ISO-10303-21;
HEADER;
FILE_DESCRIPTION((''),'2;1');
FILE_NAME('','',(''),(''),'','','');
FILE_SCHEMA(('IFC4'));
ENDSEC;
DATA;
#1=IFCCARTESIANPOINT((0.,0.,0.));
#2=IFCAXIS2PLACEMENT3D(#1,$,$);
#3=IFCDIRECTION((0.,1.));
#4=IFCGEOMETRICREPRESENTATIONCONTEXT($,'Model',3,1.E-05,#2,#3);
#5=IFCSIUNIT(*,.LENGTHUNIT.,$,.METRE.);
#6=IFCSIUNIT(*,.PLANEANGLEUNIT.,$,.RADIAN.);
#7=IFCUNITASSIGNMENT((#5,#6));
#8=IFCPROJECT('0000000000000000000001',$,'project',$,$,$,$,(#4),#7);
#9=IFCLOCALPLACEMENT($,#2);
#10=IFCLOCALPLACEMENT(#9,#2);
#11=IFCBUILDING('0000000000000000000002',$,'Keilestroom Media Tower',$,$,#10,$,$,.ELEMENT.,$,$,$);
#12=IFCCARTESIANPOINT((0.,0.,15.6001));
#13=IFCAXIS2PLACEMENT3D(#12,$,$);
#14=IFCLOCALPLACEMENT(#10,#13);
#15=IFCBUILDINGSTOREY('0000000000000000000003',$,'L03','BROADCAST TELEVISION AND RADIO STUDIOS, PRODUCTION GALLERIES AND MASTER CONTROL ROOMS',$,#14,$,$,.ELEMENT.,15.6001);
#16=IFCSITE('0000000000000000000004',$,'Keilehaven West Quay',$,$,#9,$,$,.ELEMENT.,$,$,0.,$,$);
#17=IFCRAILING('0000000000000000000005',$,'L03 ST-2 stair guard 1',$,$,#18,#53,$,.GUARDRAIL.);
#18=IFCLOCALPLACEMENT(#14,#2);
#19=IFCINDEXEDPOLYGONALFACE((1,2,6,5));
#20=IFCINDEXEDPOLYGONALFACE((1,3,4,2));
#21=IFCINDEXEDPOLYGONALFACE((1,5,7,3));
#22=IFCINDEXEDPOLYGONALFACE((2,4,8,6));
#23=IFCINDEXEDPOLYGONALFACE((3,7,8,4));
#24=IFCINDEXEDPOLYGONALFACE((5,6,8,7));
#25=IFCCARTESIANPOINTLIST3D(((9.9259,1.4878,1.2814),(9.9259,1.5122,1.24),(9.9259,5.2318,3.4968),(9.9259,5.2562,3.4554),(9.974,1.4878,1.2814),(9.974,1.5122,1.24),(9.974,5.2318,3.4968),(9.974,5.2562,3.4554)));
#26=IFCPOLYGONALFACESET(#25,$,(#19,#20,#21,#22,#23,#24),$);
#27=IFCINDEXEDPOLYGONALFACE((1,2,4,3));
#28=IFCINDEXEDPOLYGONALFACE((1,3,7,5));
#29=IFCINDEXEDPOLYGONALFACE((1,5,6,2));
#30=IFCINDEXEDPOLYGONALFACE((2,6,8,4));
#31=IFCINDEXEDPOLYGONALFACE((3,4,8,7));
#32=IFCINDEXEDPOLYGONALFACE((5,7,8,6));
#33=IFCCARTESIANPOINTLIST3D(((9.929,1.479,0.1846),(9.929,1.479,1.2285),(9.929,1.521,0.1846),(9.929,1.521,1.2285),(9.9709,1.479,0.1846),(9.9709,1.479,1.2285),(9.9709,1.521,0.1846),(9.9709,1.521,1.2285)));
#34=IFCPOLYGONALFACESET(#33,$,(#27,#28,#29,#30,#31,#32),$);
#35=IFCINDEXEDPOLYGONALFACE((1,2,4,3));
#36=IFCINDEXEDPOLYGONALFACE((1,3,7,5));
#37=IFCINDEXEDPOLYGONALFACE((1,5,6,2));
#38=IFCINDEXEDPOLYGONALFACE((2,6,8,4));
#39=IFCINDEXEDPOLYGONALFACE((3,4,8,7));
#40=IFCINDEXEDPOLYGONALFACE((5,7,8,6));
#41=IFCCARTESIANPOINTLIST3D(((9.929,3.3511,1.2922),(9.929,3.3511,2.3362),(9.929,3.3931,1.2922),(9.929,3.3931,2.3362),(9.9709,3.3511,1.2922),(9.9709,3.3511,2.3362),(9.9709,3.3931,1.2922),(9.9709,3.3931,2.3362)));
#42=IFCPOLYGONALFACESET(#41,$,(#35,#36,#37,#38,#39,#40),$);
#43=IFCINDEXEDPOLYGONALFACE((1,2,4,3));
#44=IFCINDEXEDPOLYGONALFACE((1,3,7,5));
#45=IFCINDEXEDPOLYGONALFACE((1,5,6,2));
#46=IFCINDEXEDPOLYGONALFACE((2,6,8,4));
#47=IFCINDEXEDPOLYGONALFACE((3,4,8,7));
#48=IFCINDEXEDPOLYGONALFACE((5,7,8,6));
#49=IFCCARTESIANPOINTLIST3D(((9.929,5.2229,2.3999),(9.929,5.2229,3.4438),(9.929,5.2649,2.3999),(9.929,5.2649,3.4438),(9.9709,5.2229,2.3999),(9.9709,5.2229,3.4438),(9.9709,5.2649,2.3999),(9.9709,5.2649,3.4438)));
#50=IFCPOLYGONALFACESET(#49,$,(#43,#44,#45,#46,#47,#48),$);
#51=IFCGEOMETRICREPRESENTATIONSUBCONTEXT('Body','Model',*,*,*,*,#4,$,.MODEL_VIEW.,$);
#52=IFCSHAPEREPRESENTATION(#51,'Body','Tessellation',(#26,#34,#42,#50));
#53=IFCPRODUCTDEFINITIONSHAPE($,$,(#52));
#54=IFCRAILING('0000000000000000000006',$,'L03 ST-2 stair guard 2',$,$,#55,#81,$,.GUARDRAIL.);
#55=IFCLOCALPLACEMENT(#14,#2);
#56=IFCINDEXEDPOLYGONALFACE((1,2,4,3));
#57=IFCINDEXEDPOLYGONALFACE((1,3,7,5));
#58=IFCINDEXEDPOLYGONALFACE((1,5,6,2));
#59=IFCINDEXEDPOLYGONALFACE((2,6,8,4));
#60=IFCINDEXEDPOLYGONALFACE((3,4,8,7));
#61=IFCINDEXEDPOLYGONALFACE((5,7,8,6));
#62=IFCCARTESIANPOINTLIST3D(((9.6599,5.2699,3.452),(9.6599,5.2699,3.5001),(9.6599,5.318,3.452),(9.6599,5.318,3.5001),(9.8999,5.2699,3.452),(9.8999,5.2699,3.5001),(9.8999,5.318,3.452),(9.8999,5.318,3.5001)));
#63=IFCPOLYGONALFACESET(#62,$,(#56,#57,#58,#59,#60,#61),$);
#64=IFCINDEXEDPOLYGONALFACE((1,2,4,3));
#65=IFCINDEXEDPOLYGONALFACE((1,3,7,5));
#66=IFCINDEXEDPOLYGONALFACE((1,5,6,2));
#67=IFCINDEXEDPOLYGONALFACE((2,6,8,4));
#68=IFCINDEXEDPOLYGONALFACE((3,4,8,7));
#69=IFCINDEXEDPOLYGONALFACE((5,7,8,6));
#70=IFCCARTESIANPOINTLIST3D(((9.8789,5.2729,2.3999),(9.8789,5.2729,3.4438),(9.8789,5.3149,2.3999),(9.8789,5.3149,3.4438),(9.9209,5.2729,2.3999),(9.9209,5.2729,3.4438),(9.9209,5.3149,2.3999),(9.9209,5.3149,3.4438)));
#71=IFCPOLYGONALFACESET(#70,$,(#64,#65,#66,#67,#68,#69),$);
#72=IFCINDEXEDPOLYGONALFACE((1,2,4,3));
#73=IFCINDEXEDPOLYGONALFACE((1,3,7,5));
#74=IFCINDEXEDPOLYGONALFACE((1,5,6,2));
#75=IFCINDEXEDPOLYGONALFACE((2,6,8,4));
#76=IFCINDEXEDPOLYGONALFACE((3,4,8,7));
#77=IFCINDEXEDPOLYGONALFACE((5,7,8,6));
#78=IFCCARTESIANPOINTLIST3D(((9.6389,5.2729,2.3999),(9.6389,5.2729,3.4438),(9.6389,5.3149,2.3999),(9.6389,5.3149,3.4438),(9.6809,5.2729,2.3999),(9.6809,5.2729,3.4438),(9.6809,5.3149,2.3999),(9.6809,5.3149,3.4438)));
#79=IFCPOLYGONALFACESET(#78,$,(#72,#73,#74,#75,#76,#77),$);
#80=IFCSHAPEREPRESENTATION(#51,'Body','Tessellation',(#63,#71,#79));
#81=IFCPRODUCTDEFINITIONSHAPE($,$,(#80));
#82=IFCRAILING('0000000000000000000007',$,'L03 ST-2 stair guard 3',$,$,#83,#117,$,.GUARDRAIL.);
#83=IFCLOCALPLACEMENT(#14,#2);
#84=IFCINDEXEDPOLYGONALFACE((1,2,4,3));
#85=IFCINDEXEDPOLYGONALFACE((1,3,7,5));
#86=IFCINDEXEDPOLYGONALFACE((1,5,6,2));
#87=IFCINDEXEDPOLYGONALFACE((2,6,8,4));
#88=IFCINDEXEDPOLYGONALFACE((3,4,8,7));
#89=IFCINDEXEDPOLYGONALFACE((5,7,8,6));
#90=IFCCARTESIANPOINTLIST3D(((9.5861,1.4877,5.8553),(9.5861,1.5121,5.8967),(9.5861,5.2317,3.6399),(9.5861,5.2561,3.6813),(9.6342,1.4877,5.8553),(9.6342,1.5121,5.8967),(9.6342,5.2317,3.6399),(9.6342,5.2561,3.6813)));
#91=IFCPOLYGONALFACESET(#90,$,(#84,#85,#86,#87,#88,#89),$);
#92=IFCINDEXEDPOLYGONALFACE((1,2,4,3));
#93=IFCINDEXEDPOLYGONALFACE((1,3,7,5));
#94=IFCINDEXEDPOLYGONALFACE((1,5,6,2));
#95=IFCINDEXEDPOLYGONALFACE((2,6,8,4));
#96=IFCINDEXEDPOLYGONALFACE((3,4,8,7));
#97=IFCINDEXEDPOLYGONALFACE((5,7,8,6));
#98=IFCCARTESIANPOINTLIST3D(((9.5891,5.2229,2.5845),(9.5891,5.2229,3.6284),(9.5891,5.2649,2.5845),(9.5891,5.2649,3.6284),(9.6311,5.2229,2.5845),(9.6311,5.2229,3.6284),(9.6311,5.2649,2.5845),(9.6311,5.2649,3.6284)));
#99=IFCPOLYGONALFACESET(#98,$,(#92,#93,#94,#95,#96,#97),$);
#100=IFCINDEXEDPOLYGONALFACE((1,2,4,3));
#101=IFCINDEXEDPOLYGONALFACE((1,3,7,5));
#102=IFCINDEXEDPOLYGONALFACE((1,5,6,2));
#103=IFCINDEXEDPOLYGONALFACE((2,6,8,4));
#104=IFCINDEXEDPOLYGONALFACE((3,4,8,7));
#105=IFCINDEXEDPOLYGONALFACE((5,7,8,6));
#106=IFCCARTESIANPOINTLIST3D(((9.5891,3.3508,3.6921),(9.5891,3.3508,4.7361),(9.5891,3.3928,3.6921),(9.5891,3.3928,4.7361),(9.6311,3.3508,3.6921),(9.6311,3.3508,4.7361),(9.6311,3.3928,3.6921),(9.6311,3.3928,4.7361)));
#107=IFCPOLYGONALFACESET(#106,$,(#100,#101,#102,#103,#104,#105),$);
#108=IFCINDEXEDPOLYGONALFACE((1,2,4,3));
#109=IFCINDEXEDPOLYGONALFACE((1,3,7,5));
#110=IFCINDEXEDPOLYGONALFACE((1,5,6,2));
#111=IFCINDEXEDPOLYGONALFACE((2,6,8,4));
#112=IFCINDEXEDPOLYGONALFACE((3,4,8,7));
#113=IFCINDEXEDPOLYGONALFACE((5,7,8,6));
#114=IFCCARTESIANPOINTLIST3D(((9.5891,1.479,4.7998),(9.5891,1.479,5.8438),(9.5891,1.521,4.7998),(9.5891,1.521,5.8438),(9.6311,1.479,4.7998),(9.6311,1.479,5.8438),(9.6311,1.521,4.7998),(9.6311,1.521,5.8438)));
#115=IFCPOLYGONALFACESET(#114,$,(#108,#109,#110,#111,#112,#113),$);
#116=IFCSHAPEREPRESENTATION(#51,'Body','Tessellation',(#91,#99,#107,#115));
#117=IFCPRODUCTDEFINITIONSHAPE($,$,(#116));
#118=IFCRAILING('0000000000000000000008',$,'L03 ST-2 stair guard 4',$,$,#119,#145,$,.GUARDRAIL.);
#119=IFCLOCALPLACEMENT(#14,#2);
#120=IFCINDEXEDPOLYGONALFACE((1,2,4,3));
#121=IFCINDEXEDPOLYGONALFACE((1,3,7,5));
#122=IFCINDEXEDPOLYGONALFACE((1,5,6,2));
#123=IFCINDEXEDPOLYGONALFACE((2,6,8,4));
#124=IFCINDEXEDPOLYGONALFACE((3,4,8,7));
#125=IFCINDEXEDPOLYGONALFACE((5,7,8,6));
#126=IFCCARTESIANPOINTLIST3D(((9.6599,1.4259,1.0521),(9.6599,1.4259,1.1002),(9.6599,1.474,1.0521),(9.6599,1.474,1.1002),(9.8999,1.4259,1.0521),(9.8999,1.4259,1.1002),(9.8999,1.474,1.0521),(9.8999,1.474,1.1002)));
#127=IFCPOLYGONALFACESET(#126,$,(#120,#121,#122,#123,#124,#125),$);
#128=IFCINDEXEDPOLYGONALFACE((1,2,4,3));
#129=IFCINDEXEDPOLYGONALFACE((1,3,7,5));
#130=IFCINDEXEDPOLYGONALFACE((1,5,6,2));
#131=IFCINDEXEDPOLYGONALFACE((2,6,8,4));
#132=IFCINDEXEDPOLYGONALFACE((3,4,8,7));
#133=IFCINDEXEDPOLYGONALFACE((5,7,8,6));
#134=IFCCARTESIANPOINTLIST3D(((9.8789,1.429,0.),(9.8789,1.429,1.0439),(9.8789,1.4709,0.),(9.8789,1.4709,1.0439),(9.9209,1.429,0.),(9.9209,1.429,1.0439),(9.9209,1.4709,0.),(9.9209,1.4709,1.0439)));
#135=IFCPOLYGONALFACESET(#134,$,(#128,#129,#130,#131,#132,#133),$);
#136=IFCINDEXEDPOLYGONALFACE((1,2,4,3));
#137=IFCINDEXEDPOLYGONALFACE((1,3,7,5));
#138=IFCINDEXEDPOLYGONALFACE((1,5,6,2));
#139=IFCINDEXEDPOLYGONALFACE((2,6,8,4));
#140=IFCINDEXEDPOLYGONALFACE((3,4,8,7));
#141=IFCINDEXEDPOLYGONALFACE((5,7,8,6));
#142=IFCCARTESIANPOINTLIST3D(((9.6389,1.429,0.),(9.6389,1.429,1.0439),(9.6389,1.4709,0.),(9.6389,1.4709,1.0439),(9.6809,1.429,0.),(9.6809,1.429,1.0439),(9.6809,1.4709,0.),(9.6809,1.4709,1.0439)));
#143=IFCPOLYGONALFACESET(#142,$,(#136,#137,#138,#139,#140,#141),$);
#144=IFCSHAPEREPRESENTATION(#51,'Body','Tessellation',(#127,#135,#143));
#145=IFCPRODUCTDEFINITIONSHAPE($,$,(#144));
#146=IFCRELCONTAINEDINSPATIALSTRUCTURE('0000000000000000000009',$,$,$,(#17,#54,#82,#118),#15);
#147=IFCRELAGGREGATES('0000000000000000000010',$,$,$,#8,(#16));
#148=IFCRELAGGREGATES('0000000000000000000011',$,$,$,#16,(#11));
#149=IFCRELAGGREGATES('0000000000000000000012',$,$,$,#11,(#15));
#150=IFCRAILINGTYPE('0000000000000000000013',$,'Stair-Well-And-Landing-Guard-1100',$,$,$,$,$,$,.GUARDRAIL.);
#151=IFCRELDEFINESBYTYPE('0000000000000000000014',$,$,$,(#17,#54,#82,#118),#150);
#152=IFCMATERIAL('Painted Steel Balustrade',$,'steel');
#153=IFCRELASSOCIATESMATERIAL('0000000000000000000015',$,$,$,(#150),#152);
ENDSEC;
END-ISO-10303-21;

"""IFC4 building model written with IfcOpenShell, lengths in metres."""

from ifc_helpers import new_model, si_unit, direction, frame, origin, origin_2d, place, context, subcontext, project, spatial, rectangle, extrude, material, type_object, element, save


model = new_model("IFC4")

# Units and contexts
model_context = context("Model", 3, precision=1e-05, world=origin(), true_north=direction((0.0, 1.0)))
body_context = subcontext(model_context, "Body", "Model", "MODEL_VIEW")
ifc_project = project(units=[si_unit("LENGTHUNIT", "METRE"), si_unit("PLANEANGLEUNIT", "RADIAN")], contexts=[model_context])

# Site, building, storey
site_placement = place(None, origin())
site = spatial("IfcSite", under=ifc_project, at=site_placement, Name="Keilehaven West Quay", CompositionType="ELEMENT", RefElevation=0.0)
building_placement = place(site_placement, origin())
building = spatial("IfcBuilding", under=site, at=building_placement, Name="Keilestroom Media Tower", CompositionType="ELEMENT")
storey_placement = place(building_placement, frame((0.0, 0.0, 15.6001)))
storey = spatial("IfcBuildingStorey", under=building, at=storey_placement, Name="L03", Description="BROADCAST TELEVISION AND RADIO STUDIOS, PRODUCTION GALLERIES AND MASTER CONTROL ROOMS", CompositionType="ELEMENT", Elevation=15.6001)

# Railings
ifc_material_1 = material(Name="Painted Steel Balustrade", Category="steel")
railing_type_1 = type_object("IfcRailingType", Name="Stair-Well-And-Landing-Guard-1100", PredefinedType="GUARDRAIL", material=ifc_material_1)
railing_1_placement = place(storey_placement, frame((9.95, 1.5, 0.1846)))
element("IfcRailing", 1, at=railing_1_placement, inside=storey, type_object=railing_type_1, Name="L03 ST-2 stair guard 1", PredefinedType="GUARDRAIL", context=body_context, shape_type="SweptSolid", body=[
    extrude(rectangle(XDim=0.0481, YDim=0.0481, at=origin_2d()), frame((0.0, 0.0, 1.0762), z_axis=(0.0, 0.860621, 0.509245), x_axis=(-1.0, 0.0, 0.0)), (0.0, 0.0, 1.0), 4.3503),
    extrude(rectangle(XDim=0.042, YDim=0.042, at=origin_2d()), origin(), (0.0, 0.0, 1.0), 1.0439),
    extrude(rectangle(XDim=0.042, YDim=0.042, at=origin_2d()), frame((0.0, 1.8721, 1.1077)), (0.0, 0.0, 1.0), 1.0439),
    extrude(rectangle(XDim=0.042, YDim=0.042, at=origin_2d()), frame((0.0, 3.7439, 2.2153)), (0.0, 0.0, 1.0), 1.0439),
])
railing_2_placement = place(storey_placement, frame((9.8999, 5.2939, 2.3999)))
element("IfcRailing", 2, at=railing_2_placement, inside=storey, type_object=railing_type_1, Name="L03 ST-2 stair guard 2", PredefinedType="GUARDRAIL", context=body_context, shape_type="SweptSolid", body=[
    extrude(rectangle(XDim=0.0481, YDim=0.0481, at=origin_2d()), frame((0.0, 0.0, 1.0762), z_axis=(-1.0, 0.0, 0.0), x_axis=(0.0, -1.0, 0.0)), (0.0, 0.0, 1.0), 0.24),
    extrude(rectangle(XDim=0.042, YDim=0.042, at=origin_2d()), origin(), (0.0, 0.0, 1.0), 1.0439),
    extrude(rectangle(XDim=0.042, YDim=0.042, at=origin_2d()), frame((-0.24, 0.0, 0.0)), (0.0, 0.0, 1.0), 1.0439),
])
railing_3_placement = place(storey_placement, frame((9.6101, 5.2439, 2.5845)))
element("IfcRailing", 3, at=railing_3_placement, inside=storey, type_object=railing_type_1, Name="L03 ST-2 stair guard 3", PredefinedType="GUARDRAIL", context=body_context, shape_type="SweptSolid", body=[
    extrude(rectangle(XDim=0.0481, YDim=0.0481, at=origin_2d()), frame((0.0, 0.0, 1.0762), z_axis=(0.0, -0.860621, 0.509245), x_axis=(1.0, 0.0, 0.0)), (0.0, 0.0, 1.0), 4.3503),
    extrude(rectangle(XDim=0.042, YDim=0.042, at=origin_2d()), origin(), (0.0, 0.0, 1.0), 1.0439),
    extrude(rectangle(XDim=0.042, YDim=0.042, at=origin_2d()), frame((0.0, -1.8721, 1.1077)), (0.0, 0.0, 1.0), 1.0439),
    extrude(rectangle(XDim=0.042, YDim=0.042, at=origin_2d()), frame((0.0, -3.7439, 2.2153)), (0.0, 0.0, 1.0), 1.0439),
])
railing_4_placement = place(storey_placement, frame((9.8999, 1.45, 0.0)))
element("IfcRailing", 4, at=railing_4_placement, inside=storey, type_object=railing_type_1, Name="L03 ST-2 stair guard 4", PredefinedType="GUARDRAIL", context=body_context, shape_type="SweptSolid", body=[
    extrude(rectangle(XDim=0.0481, YDim=0.0481, at=origin_2d()), frame((0.0, 0.0, 1.0762), z_axis=(-1.0, 0.0, 0.0), x_axis=(0.0, -1.0, 0.0)), (0.0, 0.0, 1.0), 0.24),
    extrude(rectangle(XDim=0.042, YDim=0.042, at=origin_2d()), origin(), (0.0, 0.0, 1.0), 1.0439),
    extrude(rectangle(XDim=0.042, YDim=0.042, at=origin_2d()), frame((-0.24, 0.0, 0.0)), (0.0, 0.0, 1.0), 1.0439),
])

save(model, "model.ifc")
